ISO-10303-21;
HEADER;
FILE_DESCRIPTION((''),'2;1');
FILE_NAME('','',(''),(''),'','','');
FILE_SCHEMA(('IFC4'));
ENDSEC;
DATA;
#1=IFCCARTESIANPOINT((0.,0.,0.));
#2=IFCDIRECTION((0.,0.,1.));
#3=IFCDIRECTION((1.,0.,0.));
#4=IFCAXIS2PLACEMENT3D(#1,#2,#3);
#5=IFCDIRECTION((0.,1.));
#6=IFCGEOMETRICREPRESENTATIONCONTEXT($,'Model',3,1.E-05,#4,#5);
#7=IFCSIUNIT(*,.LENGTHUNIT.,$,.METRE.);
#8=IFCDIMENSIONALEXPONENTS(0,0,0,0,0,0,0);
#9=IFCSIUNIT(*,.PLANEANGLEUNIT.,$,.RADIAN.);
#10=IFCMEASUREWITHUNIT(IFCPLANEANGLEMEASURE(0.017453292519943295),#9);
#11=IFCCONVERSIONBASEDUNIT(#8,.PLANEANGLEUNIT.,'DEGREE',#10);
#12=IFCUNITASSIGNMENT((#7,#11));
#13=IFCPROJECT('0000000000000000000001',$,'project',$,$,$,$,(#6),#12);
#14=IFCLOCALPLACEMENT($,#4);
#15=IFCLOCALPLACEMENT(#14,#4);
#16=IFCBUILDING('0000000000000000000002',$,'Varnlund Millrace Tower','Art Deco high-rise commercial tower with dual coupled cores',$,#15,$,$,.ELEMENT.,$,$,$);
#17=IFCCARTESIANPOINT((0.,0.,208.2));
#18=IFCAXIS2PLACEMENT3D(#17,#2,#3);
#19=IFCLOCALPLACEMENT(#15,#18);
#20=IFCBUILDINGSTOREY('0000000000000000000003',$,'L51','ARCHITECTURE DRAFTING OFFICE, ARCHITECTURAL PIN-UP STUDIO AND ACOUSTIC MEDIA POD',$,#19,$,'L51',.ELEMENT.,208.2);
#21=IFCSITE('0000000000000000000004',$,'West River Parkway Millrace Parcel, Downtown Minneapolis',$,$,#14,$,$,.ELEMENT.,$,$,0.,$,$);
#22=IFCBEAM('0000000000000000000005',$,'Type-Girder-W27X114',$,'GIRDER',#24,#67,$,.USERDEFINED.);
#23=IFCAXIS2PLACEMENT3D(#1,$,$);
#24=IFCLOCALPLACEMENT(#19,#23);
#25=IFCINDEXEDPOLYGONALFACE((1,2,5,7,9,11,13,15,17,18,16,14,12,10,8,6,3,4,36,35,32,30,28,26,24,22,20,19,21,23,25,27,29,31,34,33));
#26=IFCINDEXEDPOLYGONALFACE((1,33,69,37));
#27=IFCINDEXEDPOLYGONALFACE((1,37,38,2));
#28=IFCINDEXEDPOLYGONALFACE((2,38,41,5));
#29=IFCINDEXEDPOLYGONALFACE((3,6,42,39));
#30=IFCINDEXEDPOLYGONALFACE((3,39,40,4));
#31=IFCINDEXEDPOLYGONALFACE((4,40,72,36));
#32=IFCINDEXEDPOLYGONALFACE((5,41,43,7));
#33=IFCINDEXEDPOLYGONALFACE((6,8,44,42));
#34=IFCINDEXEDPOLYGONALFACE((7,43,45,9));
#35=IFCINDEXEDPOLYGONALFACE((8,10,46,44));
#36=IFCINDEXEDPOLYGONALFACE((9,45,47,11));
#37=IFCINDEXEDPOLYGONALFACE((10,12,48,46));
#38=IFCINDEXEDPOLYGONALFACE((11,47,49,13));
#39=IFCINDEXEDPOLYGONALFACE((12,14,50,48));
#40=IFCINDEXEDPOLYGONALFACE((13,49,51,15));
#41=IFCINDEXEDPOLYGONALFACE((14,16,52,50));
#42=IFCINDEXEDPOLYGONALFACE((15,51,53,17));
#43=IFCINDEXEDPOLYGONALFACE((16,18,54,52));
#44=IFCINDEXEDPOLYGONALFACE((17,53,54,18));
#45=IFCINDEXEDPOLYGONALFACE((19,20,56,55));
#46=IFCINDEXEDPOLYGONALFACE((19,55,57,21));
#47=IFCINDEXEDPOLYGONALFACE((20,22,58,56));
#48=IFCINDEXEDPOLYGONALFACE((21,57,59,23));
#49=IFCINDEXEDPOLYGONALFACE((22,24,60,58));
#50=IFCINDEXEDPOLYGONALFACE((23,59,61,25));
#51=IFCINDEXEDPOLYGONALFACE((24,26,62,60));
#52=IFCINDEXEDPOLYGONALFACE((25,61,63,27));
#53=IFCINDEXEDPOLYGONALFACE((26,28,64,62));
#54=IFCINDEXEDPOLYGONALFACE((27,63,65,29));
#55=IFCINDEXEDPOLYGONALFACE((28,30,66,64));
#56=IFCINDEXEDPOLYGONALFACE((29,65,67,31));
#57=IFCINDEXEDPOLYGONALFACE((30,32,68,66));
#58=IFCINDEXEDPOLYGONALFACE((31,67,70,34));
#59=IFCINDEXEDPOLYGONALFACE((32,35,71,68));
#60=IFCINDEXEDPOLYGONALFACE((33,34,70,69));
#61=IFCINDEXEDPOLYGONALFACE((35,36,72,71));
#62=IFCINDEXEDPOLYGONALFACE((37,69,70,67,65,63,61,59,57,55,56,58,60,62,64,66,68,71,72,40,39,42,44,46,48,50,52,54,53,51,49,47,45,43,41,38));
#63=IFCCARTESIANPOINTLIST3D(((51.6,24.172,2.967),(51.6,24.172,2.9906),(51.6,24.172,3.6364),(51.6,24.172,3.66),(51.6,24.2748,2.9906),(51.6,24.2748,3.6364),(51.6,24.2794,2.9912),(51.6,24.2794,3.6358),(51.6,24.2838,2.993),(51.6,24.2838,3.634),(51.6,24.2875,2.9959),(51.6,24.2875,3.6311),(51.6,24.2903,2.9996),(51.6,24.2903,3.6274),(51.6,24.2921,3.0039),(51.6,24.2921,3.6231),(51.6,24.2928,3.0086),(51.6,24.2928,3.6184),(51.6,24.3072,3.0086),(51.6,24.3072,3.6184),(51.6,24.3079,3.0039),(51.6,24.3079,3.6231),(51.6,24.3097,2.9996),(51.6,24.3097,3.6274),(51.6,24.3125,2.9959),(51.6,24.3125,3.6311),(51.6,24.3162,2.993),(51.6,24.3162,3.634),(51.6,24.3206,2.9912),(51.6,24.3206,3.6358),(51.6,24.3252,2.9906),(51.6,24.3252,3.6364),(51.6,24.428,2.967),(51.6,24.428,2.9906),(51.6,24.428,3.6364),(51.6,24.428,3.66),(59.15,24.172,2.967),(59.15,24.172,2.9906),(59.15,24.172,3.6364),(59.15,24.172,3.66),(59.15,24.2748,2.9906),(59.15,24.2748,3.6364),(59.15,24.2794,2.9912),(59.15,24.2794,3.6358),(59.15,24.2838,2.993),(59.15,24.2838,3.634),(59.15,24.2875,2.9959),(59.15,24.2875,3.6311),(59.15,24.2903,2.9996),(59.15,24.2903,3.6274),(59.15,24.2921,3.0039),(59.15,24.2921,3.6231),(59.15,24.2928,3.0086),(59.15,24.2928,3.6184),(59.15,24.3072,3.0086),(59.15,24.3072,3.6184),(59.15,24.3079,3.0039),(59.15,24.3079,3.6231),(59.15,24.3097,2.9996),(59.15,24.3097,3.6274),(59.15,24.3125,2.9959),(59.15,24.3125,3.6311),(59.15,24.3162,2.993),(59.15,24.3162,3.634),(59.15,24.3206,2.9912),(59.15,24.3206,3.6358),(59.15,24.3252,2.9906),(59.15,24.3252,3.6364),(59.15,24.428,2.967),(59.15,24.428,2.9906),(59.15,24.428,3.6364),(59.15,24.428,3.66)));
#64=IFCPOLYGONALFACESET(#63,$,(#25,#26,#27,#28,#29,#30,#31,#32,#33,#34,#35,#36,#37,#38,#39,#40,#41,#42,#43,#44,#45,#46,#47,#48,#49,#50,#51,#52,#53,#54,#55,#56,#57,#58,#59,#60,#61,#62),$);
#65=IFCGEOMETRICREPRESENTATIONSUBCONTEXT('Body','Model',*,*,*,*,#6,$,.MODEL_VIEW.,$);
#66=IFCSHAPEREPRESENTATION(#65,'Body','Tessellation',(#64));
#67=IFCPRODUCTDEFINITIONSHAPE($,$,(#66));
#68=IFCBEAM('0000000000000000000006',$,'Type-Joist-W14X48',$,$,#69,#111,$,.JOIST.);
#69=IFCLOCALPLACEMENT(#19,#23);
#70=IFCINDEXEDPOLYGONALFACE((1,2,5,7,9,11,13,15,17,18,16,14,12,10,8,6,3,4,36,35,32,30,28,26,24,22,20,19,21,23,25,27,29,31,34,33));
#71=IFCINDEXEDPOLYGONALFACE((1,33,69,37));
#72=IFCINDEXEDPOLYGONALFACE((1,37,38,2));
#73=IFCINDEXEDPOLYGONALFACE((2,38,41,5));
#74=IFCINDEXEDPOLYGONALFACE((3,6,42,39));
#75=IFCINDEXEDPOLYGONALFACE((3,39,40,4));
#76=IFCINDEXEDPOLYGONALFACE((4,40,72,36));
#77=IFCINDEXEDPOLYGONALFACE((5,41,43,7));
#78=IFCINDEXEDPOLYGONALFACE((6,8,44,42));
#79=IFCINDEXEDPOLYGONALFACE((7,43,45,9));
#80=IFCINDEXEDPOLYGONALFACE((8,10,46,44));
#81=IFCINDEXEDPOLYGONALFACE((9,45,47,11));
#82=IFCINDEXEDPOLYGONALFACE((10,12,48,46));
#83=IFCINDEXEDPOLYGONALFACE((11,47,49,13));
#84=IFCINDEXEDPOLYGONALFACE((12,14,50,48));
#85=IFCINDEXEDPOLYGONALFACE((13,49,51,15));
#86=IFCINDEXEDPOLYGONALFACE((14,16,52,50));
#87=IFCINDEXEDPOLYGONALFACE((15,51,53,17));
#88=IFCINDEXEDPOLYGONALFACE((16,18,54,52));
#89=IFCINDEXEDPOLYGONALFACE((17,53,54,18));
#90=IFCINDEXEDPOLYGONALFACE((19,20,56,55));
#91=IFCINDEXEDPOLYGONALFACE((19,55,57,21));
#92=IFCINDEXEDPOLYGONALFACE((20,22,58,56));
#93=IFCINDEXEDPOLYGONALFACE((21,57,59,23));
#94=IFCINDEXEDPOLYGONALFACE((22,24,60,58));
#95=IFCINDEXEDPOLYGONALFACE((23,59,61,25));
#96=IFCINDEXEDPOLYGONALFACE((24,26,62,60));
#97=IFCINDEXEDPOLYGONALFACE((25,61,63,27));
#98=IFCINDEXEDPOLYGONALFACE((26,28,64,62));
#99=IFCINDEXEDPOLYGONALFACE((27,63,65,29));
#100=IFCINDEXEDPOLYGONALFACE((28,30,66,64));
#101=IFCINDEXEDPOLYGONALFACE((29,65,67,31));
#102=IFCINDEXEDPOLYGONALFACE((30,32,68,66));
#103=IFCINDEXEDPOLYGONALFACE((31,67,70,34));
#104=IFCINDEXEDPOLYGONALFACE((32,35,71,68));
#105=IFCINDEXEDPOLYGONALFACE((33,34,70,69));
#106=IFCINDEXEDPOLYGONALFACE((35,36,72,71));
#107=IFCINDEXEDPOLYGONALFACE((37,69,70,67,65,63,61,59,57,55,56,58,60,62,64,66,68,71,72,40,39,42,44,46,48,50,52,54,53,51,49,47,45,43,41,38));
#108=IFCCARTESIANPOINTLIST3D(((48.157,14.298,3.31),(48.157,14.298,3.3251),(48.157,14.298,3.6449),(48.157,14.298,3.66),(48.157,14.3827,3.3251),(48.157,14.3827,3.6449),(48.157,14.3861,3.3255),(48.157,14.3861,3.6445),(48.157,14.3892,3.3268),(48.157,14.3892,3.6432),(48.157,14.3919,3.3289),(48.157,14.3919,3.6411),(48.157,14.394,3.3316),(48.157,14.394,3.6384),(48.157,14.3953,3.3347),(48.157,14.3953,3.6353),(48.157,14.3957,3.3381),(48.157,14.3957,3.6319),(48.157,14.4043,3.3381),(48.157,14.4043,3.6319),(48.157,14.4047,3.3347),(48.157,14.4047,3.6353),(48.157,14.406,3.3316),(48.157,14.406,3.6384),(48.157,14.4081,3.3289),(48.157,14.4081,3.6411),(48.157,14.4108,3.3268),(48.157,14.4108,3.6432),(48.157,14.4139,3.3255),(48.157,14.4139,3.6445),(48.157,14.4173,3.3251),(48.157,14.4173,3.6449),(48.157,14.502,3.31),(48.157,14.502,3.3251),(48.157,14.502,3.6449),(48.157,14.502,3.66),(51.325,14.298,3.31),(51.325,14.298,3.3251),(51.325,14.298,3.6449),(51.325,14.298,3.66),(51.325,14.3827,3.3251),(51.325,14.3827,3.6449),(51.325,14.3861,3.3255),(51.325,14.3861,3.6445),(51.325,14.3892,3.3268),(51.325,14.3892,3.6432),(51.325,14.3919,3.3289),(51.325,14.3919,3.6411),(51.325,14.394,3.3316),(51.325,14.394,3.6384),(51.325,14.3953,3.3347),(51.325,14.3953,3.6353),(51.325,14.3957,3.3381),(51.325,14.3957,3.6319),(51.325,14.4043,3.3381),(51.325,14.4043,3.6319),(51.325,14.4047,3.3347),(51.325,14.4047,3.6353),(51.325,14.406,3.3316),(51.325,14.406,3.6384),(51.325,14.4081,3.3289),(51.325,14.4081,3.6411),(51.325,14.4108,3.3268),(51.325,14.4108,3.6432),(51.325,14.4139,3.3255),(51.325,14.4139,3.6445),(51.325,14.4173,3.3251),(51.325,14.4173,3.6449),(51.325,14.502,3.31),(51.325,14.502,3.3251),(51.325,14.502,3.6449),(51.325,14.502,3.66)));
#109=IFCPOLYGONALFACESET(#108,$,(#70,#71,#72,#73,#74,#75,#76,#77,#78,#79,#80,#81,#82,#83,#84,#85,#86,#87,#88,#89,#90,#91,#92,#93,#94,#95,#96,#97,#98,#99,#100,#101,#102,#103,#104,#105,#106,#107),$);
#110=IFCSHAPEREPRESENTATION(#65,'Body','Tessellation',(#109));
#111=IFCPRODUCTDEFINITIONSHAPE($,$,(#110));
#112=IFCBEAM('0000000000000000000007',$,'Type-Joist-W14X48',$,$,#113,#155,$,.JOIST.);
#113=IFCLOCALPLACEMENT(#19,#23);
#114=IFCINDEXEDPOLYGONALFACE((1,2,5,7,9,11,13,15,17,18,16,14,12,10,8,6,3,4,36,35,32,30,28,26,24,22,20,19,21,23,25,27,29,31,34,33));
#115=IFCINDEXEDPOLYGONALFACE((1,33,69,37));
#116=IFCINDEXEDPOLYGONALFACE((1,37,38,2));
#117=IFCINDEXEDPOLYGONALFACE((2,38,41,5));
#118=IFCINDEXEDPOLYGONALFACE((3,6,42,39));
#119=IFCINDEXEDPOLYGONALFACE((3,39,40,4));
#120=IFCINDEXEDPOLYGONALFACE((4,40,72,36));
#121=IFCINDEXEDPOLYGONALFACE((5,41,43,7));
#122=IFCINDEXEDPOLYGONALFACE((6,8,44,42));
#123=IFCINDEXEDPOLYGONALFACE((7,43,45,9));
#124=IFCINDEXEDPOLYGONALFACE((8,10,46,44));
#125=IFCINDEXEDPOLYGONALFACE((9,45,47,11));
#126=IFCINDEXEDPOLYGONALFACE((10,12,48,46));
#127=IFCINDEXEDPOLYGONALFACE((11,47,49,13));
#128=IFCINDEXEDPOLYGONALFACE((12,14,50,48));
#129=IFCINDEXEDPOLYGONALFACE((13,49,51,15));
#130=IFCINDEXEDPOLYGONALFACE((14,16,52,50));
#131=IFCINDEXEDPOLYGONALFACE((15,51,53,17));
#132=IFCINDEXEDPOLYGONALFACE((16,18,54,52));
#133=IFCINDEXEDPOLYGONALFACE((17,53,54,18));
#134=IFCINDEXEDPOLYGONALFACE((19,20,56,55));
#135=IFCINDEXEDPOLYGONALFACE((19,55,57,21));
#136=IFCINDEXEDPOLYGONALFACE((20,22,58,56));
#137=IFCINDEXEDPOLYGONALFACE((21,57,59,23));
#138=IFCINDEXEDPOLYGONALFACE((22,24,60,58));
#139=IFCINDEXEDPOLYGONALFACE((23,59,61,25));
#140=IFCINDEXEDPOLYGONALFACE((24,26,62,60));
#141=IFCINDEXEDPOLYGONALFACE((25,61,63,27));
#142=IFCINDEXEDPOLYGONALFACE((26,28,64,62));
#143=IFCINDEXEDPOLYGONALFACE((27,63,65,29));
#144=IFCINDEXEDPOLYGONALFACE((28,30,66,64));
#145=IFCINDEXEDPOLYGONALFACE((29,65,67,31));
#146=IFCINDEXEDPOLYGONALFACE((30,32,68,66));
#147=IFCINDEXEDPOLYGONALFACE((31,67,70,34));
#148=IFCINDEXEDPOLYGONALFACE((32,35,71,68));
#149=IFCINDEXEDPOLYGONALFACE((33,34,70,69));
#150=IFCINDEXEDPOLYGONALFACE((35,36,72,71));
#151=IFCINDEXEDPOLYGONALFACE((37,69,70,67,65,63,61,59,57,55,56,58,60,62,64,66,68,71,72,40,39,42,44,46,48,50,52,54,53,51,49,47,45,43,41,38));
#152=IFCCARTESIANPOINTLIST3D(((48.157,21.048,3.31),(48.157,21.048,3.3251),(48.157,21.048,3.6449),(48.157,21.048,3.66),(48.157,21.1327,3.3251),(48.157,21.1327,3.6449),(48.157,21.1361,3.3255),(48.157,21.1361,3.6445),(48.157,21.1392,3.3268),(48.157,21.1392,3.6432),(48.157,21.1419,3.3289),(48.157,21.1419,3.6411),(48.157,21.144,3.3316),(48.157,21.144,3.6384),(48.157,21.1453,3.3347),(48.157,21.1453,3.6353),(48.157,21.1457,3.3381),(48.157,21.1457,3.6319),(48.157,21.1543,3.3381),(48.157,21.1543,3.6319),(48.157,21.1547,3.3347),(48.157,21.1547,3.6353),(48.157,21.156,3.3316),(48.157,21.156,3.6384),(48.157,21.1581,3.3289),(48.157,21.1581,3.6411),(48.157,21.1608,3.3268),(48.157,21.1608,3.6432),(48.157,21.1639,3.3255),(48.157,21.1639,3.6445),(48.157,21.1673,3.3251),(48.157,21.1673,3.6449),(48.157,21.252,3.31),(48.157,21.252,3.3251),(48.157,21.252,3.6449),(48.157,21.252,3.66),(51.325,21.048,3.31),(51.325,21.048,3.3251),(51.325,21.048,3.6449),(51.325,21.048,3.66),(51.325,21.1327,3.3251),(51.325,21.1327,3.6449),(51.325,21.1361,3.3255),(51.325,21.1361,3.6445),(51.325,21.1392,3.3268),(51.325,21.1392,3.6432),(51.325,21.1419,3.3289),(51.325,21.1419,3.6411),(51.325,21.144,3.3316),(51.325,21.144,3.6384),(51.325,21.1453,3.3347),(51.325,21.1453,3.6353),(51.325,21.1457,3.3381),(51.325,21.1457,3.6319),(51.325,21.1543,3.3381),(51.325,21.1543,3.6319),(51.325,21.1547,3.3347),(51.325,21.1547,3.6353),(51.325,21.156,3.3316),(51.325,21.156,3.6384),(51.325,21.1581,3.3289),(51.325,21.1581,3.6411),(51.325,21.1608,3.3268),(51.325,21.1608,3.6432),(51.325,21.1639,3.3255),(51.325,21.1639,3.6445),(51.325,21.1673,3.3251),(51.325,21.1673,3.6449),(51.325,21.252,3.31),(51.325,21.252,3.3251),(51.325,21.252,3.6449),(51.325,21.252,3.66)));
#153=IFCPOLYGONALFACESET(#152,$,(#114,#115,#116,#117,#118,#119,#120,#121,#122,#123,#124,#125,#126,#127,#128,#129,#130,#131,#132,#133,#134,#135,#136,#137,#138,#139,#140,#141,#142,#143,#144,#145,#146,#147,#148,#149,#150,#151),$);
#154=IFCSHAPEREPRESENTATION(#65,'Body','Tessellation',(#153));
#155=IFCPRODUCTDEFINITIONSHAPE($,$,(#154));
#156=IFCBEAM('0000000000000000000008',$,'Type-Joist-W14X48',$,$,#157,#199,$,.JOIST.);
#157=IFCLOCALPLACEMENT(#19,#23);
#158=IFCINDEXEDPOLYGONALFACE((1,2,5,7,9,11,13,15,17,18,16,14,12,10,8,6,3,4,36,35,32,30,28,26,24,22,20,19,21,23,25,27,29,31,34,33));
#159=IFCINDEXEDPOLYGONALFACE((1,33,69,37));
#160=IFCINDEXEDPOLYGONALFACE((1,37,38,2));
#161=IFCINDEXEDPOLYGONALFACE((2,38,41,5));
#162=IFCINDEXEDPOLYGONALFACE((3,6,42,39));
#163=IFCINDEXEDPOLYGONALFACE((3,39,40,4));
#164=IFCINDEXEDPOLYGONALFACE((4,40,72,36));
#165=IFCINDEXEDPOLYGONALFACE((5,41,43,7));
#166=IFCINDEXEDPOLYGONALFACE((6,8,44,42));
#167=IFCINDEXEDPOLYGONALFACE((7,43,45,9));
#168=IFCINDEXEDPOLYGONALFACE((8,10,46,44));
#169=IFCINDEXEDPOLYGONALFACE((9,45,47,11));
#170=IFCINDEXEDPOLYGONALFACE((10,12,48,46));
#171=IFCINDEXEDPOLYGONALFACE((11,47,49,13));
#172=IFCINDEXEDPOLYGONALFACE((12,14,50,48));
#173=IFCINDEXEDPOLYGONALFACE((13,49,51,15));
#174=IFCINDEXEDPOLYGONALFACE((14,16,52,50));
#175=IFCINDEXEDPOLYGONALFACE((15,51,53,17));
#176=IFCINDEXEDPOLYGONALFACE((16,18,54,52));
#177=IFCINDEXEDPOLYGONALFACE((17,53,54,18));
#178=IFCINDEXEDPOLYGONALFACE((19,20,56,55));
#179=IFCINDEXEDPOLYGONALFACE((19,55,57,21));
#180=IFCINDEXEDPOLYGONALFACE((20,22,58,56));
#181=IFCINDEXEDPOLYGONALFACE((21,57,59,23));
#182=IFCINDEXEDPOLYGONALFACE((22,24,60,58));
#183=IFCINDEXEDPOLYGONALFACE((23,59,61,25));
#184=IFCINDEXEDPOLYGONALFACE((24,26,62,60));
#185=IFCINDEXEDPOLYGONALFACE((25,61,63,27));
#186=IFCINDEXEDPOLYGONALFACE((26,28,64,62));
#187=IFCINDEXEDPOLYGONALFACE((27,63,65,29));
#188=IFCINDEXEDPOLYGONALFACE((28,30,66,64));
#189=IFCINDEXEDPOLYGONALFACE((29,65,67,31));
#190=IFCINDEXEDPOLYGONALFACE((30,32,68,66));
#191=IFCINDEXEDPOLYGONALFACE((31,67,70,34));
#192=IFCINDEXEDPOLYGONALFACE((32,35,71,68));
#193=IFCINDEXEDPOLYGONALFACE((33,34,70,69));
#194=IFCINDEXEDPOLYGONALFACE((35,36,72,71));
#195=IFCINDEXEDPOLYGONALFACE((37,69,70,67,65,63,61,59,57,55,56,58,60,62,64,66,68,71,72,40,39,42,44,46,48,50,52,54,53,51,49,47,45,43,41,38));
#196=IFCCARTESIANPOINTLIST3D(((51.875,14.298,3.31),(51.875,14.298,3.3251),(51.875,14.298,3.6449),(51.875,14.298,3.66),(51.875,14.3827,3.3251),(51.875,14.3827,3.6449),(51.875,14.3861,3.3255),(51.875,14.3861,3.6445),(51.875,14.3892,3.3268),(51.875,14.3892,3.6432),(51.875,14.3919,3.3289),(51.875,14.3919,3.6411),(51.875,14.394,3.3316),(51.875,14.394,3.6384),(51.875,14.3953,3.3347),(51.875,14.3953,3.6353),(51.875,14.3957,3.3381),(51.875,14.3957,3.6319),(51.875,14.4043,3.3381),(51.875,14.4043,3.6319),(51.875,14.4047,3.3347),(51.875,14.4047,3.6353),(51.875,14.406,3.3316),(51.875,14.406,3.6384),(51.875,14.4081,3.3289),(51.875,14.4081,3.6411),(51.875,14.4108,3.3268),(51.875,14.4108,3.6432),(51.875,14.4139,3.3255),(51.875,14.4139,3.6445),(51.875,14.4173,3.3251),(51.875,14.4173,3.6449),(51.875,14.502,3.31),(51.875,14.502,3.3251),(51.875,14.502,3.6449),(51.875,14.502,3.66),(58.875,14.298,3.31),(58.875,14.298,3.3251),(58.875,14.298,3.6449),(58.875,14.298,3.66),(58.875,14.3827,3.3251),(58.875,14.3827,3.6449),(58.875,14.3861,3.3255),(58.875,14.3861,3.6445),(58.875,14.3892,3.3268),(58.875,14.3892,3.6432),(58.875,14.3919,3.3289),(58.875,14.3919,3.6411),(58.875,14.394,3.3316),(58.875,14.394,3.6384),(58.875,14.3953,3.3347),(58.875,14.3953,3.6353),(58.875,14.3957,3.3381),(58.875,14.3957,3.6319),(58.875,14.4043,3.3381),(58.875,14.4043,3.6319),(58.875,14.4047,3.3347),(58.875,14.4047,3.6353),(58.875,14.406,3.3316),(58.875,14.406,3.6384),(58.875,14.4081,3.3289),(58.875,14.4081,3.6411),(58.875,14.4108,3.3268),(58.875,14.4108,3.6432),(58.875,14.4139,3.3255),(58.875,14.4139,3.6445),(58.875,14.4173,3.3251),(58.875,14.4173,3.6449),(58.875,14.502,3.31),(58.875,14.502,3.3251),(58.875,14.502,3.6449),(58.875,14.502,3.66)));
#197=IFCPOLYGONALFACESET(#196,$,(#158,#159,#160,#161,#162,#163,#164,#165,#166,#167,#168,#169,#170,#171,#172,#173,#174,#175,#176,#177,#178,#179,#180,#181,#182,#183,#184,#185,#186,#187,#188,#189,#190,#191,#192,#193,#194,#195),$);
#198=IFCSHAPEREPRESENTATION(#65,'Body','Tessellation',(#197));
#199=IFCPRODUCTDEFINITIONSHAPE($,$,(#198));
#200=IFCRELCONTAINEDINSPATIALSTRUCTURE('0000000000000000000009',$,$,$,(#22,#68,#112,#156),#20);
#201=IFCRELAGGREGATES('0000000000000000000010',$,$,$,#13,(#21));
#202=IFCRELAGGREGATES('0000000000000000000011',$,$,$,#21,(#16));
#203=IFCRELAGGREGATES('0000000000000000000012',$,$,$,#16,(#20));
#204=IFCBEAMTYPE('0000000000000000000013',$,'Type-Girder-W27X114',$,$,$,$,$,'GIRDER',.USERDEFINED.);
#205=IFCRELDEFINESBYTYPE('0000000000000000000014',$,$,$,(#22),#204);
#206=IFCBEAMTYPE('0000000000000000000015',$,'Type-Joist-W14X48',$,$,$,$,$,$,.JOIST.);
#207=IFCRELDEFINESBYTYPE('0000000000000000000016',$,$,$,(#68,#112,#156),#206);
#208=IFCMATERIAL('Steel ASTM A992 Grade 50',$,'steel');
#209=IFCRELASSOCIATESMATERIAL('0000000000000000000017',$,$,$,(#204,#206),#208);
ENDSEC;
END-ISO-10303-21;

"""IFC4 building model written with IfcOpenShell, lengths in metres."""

from ifc_helpers import new_model, entity, si_unit, converted_unit, direction, frame, origin_with_axes, origin_2d_with_axis, place, context, subcontext, project, spatial, i_section, extrude, material, material_profile, profile_set, type_object, element, save


model = new_model("IFC4")

# Units and contexts
model_context = context("Model", 3, precision=1e-05, world=origin_with_axes(), true_north=direction((0.0, 1.0)))
body_context = subcontext(model_context, "Body", "Model", "MODEL_VIEW")
ifc_project = project(units=[si_unit("LENGTHUNIT", "METRE"), converted_unit("PLANEANGLEUNIT", "DEGREE", entity("IfcPlaneAngleMeasure", 0.017453292519943295), si_unit("PLANEANGLEUNIT", "RADIAN"), dimensions=[0, 0, 0, 0, 0, 0, 0])], contexts=[model_context])

# Site, building, storey
site_placement = place(None, origin_with_axes())
site = spatial("IfcSite", under=ifc_project, at=site_placement, Name="West River Parkway Millrace Parcel, Downtown Minneapolis", CompositionType="ELEMENT", RefElevation=0.0)
building_placement = place(site_placement, origin_with_axes())
building = spatial("IfcBuilding", under=site, at=building_placement, Name="Varnlund Millrace Tower", Description="Art Deco high-rise commercial tower with dual coupled cores", CompositionType="ELEMENT")
storey_placement = place(building_placement, frame((0.0, 0.0, 208.2), z_axis=(0.0, 0.0, 1.0), x_axis=(1.0, 0.0, 0.0)))
storey = spatial("IfcBuildingStorey", under=building, at=storey_placement, Name="L51", Description="ARCHITECTURE DRAFTING OFFICE, ARCHITECTURAL PIN-UP STUDIO AND ACOUSTIC MEDIA POD", LongName="L51", CompositionType="ELEMENT", Elevation=208.2)

# Beams
ifc_material_1 = material(Name="Steel ASTM A992 Grade 50", Category="steel")
ifc_material_profile_1 = material_profile(ifc_material_1, i_section(OverallWidth=0.256, OverallDepth=0.693, WebThickness=0.0145, FlangeThickness=0.0236, FilletRadius=0.018, at=origin_2d_with_axis()), Name="Steel ASTM A992 Grade 50")
ifc_profile_set_1 = profile_set([ifc_material_profile_1], Name="Steel ASTM A992 Grade 50")
beam_type_1 = type_object("IfcBeamType", Name="Type-Girder-W27X114", ElementType="GIRDER", PredefinedType="USERDEFINED", material=ifc_profile_set_1)
beam_1_placement = place(storey_placement, frame((51.6, 24.3, 3.3135), z_axis=(1.0, 0.0, 0.0), x_axis=(0.0, 1.0, 0.0)))
element("IfcBeam", 1, at=beam_1_placement, inside=storey, type_object=beam_type_1, Name="Type-Girder-W27X114", ObjectType="GIRDER", PredefinedType="USERDEFINED", context=body_context, shape_type="SweptSolid", body=[
    extrude(i_section(OverallWidth=0.256, OverallDepth=0.693, WebThickness=0.0145, FlangeThickness=0.0236, FilletRadius=0.018, at=origin_2d_with_axis()), origin_with_axes(), (0.0, 0.0, 1.0), 7.55),
])
ifc_material_profile_2 = material_profile(ifc_material_1, i_section(OverallWidth=0.204, OverallDepth=0.35, WebThickness=0.0086, FlangeThickness=0.0151, FilletRadius=0.013, at=origin_2d_with_axis()), Name="Steel ASTM A992 Grade 50")
ifc_profile_set_2 = profile_set([ifc_material_profile_2], Name="Steel ASTM A992 Grade 50")
beam_type_2 = type_object("IfcBeamType", Name="Type-Joist-W14X48", PredefinedType="JOIST", material=ifc_profile_set_2)
for number, where, z_axis, x_axis, name in (
    (2, (48.157, 14.4, 3.485), (1.0, 0.0, 0.0), (0.0, 1.0, 0.0), "Type-Joist-W14X48"),
    (3, (48.157, 21.15, 3.485), (1.0, 0.0, 0.0), (0.0, 1.0, 0.0), "Type-Joist-W14X48"),
):
    element("IfcBeam", number, at=place(storey_placement, frame(where, z_axis=z_axis, x_axis=x_axis)), inside=storey, type_object=beam_type_2, Name=name, PredefinedType="JOIST", context=body_context, shape_type="SweptSolid", body=[
        extrude(i_section(OverallWidth=0.204, OverallDepth=0.35, WebThickness=0.0086, FlangeThickness=0.0151, FilletRadius=0.013, at=origin_2d_with_axis()), origin_with_axes(), (0.0, 0.0, 1.0), 3.168),
    ])
for number, where, z_axis, x_axis, name in (
    (4, (51.875, 14.4, 3.485), (1.0, 0.0, 0.0), (0.0, 1.0, 0.0), "Type-Joist-W14X48"),
):
    element("IfcBeam", number, at=place(storey_placement, frame(where, z_axis=z_axis, x_axis=x_axis)), inside=storey, type_object=beam_type_2, Name=name, PredefinedType="JOIST", context=body_context, shape_type="SweptSolid", body=[
        extrude(i_section(OverallWidth=0.204, OverallDepth=0.35, WebThickness=0.0086, FlangeThickness=0.0151, FilletRadius=0.013, at=origin_2d_with_axis()), origin_with_axes(), (0.0, 0.0, 1.0), 7.0),
    ])

save(model, "model.ifc")
